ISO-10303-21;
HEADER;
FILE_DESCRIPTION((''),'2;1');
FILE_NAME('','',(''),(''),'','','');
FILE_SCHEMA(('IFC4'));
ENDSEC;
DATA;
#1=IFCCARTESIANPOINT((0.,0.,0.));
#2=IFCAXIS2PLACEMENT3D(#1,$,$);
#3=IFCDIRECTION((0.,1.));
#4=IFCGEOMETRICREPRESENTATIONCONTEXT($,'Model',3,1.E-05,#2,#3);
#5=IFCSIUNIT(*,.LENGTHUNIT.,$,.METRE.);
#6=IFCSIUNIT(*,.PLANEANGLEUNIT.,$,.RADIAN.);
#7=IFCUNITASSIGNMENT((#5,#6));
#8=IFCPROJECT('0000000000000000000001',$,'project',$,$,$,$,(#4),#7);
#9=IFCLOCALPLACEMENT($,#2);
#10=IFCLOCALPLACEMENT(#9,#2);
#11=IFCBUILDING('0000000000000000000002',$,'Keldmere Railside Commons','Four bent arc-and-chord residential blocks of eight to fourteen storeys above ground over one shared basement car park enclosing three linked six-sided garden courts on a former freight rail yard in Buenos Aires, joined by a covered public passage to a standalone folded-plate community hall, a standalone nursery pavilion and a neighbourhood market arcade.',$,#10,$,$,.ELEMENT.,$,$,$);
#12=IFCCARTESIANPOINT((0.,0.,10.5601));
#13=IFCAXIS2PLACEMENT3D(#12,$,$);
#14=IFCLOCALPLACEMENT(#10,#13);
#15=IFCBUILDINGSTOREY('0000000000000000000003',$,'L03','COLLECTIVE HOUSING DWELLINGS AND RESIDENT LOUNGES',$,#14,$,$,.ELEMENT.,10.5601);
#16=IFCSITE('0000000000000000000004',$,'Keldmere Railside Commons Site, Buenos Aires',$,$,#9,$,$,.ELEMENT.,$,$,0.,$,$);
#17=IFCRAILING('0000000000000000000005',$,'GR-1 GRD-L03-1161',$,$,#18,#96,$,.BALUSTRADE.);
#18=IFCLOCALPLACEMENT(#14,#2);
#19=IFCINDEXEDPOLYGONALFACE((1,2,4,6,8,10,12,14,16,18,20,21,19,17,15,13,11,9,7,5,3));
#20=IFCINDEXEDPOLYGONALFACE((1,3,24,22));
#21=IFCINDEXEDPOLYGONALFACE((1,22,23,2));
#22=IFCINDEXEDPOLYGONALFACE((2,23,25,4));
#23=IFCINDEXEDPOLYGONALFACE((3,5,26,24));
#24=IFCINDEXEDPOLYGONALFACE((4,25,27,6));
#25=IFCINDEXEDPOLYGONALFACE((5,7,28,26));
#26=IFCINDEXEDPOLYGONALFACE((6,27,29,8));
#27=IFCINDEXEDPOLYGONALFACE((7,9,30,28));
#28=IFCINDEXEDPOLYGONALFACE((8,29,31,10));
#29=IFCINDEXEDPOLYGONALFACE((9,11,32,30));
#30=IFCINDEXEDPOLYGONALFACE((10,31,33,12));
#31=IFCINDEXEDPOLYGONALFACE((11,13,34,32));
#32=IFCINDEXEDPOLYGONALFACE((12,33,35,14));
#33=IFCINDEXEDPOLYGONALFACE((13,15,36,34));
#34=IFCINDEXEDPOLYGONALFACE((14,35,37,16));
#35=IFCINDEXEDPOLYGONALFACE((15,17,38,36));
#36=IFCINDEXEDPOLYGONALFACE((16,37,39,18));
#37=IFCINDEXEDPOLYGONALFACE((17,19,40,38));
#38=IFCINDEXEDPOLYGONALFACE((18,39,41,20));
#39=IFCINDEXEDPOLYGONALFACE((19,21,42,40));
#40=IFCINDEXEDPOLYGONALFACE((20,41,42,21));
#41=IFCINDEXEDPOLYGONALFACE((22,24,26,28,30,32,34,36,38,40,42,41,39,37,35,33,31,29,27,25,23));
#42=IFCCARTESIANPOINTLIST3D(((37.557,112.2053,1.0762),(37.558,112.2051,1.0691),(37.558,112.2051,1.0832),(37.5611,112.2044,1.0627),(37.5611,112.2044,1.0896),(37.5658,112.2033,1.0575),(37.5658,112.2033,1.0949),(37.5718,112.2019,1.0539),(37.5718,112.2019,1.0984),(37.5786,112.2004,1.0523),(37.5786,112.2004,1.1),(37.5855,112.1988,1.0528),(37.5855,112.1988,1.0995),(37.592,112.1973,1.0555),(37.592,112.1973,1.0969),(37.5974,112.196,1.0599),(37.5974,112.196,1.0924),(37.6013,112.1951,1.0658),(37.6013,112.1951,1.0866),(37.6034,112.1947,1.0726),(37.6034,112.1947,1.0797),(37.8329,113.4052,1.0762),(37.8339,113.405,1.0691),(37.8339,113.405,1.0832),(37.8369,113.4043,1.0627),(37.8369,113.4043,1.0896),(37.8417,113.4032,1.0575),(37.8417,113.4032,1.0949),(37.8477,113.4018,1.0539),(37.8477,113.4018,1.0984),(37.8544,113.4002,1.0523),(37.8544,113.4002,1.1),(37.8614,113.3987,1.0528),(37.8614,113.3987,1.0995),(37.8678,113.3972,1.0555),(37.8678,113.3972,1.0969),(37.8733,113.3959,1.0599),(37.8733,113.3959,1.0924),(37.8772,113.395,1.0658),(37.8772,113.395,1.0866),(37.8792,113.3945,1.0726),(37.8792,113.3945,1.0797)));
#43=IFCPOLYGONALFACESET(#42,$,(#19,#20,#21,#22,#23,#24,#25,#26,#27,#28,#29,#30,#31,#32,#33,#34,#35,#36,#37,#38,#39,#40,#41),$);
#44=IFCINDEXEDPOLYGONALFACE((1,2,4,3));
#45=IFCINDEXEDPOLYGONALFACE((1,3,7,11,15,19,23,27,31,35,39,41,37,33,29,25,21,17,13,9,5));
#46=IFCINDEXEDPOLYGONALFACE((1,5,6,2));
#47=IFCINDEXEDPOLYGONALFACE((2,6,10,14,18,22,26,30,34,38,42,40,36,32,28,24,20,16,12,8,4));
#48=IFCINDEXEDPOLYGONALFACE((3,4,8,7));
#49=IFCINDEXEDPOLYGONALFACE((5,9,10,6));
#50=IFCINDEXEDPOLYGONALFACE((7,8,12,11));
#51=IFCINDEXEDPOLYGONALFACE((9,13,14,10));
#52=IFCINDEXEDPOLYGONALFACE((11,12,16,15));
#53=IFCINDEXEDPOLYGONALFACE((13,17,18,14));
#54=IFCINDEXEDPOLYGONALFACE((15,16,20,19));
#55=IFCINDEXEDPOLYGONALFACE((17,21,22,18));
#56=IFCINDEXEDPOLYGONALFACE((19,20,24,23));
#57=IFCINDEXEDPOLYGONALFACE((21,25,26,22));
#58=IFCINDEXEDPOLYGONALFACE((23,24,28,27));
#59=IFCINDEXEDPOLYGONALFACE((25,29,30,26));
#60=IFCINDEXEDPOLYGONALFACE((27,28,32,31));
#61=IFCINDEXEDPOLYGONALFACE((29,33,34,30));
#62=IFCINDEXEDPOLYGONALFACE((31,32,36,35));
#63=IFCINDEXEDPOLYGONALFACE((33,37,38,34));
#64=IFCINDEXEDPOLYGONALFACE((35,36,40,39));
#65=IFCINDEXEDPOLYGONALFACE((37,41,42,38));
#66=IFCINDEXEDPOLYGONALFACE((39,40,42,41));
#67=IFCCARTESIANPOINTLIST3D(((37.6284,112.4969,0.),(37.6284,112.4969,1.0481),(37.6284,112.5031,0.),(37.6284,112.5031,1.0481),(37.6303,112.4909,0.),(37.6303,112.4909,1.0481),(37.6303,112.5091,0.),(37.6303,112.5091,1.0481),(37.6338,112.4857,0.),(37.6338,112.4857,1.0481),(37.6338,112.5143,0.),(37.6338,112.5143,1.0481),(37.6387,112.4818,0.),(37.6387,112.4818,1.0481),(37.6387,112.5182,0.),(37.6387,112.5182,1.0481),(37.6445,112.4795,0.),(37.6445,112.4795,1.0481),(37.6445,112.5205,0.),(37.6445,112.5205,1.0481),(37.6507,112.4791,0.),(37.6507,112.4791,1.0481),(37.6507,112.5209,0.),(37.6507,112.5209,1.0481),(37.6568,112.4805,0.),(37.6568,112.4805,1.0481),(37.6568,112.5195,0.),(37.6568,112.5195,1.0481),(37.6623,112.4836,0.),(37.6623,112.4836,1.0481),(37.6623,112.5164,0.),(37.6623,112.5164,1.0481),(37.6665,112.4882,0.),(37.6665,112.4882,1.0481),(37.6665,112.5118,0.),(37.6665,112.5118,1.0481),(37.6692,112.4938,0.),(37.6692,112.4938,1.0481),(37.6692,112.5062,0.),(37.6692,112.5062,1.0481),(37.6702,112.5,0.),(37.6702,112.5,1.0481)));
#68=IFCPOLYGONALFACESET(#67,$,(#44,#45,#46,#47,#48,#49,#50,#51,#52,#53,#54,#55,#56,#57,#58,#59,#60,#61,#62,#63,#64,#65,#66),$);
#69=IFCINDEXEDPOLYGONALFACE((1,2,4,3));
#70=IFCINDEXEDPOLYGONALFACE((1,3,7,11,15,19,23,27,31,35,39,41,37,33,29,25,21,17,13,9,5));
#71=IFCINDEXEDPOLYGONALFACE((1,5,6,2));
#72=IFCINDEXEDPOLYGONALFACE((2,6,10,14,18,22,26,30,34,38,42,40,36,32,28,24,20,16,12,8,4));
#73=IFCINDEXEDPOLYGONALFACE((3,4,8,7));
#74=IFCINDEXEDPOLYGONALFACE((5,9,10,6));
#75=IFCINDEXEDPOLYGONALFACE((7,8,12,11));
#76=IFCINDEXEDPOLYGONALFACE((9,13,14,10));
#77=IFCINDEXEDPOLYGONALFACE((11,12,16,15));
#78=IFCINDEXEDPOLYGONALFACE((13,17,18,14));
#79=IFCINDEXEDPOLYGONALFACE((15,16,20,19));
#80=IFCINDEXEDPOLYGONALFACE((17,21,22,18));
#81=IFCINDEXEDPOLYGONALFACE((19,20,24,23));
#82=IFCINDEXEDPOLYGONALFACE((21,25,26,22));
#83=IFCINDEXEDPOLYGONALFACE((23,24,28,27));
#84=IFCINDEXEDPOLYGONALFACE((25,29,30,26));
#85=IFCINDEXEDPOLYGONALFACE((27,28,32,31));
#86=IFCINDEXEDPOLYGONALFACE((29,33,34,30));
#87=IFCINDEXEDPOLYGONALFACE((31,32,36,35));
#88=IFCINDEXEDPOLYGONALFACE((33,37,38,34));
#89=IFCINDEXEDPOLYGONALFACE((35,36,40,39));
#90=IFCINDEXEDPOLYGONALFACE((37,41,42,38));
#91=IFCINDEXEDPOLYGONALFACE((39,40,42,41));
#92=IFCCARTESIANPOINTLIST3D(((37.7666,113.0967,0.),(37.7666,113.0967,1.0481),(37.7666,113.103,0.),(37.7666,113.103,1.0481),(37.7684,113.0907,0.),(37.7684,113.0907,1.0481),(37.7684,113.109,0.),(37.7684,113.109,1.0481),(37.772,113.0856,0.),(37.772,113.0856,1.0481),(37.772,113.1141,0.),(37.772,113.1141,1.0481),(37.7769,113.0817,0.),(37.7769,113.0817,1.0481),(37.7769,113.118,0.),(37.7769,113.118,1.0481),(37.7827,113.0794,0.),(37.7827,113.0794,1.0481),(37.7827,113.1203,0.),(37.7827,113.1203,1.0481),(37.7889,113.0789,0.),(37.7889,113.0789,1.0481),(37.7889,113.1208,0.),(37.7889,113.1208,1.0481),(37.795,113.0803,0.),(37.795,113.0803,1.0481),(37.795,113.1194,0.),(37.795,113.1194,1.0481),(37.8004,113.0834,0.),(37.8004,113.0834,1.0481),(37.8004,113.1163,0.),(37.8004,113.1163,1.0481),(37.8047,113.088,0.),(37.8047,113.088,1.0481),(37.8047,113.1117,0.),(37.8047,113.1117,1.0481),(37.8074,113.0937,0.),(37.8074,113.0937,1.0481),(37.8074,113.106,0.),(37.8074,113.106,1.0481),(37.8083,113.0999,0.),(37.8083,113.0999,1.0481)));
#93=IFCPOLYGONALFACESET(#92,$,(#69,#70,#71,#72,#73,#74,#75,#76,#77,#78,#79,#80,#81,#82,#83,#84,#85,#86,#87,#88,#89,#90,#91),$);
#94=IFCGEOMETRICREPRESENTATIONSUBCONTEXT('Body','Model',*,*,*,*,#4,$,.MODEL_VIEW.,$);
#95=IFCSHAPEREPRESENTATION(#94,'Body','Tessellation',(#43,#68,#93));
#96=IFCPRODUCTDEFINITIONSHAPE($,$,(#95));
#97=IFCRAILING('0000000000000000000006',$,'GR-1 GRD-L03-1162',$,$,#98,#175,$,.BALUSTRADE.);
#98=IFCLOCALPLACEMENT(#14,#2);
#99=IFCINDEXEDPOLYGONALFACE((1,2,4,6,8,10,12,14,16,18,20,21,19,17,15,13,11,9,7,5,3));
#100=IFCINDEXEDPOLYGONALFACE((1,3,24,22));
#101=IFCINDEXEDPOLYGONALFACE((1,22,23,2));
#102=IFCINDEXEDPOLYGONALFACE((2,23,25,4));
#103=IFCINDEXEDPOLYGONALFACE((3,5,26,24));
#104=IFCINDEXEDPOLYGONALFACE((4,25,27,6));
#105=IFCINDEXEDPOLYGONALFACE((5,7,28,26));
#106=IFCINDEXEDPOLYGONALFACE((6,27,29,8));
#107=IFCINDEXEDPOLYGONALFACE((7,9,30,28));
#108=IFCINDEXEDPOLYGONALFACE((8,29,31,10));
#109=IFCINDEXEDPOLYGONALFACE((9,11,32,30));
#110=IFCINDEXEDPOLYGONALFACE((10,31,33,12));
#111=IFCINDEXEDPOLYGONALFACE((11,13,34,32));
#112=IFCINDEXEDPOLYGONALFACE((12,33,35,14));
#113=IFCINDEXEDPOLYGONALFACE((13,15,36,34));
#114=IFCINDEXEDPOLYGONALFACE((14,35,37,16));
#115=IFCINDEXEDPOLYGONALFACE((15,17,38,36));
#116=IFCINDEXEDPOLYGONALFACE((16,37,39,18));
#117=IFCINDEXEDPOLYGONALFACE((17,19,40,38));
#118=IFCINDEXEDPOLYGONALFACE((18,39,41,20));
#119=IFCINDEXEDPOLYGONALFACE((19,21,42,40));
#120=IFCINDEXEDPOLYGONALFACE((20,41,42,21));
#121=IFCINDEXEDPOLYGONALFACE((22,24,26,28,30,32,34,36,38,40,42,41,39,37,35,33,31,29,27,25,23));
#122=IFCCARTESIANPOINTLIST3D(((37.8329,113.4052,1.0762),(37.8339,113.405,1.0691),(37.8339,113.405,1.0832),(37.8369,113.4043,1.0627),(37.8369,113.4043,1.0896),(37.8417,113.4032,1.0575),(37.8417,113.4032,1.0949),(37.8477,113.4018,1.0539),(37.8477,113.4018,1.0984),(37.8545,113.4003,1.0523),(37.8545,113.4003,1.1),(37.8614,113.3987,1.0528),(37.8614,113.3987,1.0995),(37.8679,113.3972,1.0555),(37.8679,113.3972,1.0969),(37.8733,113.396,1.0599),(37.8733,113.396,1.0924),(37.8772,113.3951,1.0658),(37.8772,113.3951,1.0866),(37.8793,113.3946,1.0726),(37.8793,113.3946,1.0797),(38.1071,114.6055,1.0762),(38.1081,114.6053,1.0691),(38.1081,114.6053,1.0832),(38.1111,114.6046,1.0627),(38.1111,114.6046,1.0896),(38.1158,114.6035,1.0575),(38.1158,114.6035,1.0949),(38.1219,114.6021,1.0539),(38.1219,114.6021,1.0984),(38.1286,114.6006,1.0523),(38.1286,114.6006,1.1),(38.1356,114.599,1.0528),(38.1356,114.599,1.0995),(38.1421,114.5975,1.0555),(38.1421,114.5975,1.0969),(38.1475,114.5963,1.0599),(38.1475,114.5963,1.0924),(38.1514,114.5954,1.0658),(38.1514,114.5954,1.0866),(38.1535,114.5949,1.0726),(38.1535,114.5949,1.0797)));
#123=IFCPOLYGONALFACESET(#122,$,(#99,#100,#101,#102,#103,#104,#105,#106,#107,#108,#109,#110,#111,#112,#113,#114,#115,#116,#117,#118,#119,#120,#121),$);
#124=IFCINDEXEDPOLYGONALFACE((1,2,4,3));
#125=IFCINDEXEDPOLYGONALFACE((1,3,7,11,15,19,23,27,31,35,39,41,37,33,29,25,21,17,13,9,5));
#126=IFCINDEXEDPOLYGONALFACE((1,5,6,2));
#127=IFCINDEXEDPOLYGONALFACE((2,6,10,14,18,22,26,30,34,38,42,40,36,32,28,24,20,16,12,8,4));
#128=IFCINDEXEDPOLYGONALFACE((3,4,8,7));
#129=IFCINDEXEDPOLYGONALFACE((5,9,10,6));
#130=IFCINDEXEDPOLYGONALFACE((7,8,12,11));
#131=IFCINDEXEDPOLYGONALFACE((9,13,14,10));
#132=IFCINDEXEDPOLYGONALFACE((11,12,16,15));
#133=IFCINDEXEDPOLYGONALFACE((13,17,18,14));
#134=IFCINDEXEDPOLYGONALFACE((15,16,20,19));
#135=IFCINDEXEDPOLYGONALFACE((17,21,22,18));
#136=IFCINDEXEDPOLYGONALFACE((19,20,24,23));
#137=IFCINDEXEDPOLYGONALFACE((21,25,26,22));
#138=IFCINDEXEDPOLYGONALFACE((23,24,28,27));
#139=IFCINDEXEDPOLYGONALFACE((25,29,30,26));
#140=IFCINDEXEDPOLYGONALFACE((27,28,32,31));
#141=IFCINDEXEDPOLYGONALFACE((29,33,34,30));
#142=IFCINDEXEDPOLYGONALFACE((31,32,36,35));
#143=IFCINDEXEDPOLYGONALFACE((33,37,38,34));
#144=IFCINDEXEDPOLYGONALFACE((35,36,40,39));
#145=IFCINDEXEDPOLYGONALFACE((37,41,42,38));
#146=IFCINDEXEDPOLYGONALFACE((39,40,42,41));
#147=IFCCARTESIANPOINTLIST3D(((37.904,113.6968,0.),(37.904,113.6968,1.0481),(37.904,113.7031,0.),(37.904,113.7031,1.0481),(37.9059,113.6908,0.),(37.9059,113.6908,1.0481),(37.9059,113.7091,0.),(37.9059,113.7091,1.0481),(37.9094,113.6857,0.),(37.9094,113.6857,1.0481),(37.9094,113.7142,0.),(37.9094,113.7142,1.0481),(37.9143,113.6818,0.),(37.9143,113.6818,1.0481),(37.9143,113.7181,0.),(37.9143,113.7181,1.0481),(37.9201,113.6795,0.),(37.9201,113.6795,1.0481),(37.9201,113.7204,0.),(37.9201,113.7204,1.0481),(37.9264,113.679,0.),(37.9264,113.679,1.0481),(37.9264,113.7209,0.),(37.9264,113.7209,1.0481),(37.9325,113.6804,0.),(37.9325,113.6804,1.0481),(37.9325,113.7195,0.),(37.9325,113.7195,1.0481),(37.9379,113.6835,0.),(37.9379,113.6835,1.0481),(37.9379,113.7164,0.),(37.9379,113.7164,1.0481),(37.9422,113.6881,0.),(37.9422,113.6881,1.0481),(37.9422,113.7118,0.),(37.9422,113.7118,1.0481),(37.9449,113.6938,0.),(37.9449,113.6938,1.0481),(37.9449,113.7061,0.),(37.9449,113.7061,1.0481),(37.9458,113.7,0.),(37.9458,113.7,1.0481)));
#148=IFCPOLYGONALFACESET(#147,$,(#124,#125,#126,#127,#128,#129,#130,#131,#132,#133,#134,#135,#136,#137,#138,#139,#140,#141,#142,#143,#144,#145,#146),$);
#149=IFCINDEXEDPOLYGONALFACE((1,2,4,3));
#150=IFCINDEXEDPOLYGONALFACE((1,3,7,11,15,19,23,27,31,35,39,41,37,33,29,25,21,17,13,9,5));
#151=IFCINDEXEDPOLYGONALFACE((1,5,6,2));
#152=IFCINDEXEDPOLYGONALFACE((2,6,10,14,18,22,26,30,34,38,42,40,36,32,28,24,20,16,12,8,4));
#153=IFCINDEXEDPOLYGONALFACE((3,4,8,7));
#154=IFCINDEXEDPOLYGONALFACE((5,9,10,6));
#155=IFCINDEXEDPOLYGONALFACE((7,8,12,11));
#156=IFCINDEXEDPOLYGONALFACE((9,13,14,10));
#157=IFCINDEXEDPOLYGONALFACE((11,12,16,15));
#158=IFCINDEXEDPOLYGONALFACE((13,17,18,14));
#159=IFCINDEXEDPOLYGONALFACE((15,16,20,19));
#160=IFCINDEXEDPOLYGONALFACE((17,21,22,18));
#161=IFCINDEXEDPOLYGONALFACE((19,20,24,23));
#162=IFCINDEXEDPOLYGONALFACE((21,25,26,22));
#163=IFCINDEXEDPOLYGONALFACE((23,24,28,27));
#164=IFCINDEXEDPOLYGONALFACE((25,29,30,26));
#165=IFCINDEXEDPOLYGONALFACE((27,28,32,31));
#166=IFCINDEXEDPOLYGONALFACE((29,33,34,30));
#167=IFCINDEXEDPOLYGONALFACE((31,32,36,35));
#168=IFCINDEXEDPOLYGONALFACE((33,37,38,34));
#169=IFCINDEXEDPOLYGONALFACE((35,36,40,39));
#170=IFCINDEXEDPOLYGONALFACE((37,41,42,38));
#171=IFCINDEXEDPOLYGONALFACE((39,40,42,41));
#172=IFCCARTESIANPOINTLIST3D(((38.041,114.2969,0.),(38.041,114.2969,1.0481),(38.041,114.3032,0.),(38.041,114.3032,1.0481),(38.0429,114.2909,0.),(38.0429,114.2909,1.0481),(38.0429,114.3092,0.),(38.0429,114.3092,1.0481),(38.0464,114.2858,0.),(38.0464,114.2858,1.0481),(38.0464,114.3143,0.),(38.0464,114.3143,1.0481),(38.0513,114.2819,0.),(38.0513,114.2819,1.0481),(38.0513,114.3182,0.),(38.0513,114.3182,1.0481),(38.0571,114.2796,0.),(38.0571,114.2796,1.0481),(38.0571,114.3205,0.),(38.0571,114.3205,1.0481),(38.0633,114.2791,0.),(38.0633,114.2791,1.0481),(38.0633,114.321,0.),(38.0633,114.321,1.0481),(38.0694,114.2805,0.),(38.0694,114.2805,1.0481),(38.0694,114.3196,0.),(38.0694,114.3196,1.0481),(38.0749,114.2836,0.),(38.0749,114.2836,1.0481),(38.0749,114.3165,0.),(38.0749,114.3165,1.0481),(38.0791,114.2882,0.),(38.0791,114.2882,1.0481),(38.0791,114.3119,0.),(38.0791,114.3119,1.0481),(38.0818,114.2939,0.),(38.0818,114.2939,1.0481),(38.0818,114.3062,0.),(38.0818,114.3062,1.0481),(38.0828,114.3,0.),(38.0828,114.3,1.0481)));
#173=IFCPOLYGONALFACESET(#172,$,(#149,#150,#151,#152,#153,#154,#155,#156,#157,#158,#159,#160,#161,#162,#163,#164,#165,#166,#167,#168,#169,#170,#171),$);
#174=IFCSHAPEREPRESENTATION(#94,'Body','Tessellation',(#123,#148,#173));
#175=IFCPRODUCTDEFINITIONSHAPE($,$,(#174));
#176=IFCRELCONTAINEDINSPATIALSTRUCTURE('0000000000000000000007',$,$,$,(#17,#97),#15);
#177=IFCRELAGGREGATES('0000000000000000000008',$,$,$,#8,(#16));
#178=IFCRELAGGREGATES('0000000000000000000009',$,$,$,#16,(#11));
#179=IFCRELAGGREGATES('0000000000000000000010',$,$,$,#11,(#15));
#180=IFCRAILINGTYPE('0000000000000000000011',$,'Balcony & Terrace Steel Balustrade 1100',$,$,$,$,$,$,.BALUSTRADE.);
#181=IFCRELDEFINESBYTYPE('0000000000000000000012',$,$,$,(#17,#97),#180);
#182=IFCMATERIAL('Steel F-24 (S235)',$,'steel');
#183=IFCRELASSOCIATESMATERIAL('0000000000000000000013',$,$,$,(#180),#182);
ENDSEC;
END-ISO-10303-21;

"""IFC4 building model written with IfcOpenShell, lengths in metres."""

from ifc_helpers import new_model, si_unit, direction, frame, origin, origin_2d, place, context, subcontext, project, spatial, circle, extrude, material, type_object, element, save


model = new_model("IFC4")

# Units and contexts
model_context = context("Model", 3, precision=1e-05, world=origin(), true_north=direction((0.0, 1.0)))
body_context = subcontext(model_context, "Body", "Model", "MODEL_VIEW")
ifc_project = project(units=[si_unit("LENGTHUNIT", "METRE"), si_unit("PLANEANGLEUNIT", "RADIAN")], contexts=[model_context])

# Site, building, storey
site_placement = place(None, origin())
site = spatial("IfcSite", under=ifc_project, at=site_placement, Name="Keldmere Railside Commons Site, Buenos Aires", CompositionType="ELEMENT", RefElevation=0.0)
building_placement = place(site_placement, origin())
building = spatial("IfcBuilding", under=site, at=building_placement, Name="Keldmere Railside Commons", Description="Four bent arc-and-chord residential blocks of eight to fourteen storeys above ground over one shared basement car park enclosing three linked six-sided garden courts on a former freight rail yard in Buenos Aires, joined by a covered public passage to a standalone folded-plate community hall, a standalone nursery pavilion and a neighbourhood market arcade.", CompositionType="ELEMENT")
storey_placement = place(building_placement, frame((0.0, 0.0, 10.5601)))
storey = spatial("IfcBuildingStorey", under=building, at=storey_placement, Name="L03", Description="COLLECTIVE HOUSING DWELLINGS AND RESIDENT LOUNGES", CompositionType="ELEMENT", Elevation=10.5601)

# Railings
ifc_material_1 = material(Name="Steel F-24 (S235)", Category="steel")
railing_type = type_object("IfcRailingType", Name="Balcony & Terrace Steel Balustrade 1100", PredefinedType="BALUSTRADE", material=ifc_material_1)
railing_1_placement = place(storey_placement, frame((37.5803, 112.2, 0.0)))
element("IfcRailing", 1, at=railing_1_placement, inside=storey, type_object=railing_type, Name="GR-1 GRD-L03-1161", PredefinedType="BALUSTRADE", context=body_context, shape_type="SweptSolid", body=[
    extrude(circle(Radius=0.0239, at=origin_2d()), frame((0.0, 0.0, 1.0762), z_axis=(0.224063, 0.974575, 0.0), x_axis=(-0.974575, 0.224063, 0.0)), (0.0, 0.0, 1.0), 1.2312),
    extrude(circle(Radius=0.021, at=origin_2d()), frame((0.0688, 0.3, 0.0)), (0.0, 0.0, 1.0), 1.0481),
    extrude(circle(Radius=0.021, at=origin_2d()), frame((0.207, 0.8999, 0.0)), (0.0, 0.0, 1.0), 1.0481),
])
railing_2_placement = place(storey_placement, frame((37.8562, 113.3999, 0.0)))
element("IfcRailing", 2, at=railing_2_placement, inside=storey, type_object=railing_type, Name="GR-1 GRD-L03-1162", PredefinedType="BALUSTRADE", context=body_context, shape_type="SweptSolid", body=[
    extrude(circle(Radius=0.0239, at=origin_2d()), frame((0.0, 0.0, 1.0762), z_axis=(0.222701, 0.974887, 0.0), x_axis=(-0.974887, 0.222701, 0.0)), (0.0, 0.0, 1.0), 1.2312),
    extrude(circle(Radius=0.021, at=origin_2d()), frame((0.0686, 0.3, 0.0)), (0.0, 0.0, 1.0), 1.0481),
    extrude(circle(Radius=0.021, at=origin_2d()), frame((0.2056, 0.9001, 0.0)), (0.0, 0.0, 1.0), 1.0481),
])

save(model, "model.ifc")
